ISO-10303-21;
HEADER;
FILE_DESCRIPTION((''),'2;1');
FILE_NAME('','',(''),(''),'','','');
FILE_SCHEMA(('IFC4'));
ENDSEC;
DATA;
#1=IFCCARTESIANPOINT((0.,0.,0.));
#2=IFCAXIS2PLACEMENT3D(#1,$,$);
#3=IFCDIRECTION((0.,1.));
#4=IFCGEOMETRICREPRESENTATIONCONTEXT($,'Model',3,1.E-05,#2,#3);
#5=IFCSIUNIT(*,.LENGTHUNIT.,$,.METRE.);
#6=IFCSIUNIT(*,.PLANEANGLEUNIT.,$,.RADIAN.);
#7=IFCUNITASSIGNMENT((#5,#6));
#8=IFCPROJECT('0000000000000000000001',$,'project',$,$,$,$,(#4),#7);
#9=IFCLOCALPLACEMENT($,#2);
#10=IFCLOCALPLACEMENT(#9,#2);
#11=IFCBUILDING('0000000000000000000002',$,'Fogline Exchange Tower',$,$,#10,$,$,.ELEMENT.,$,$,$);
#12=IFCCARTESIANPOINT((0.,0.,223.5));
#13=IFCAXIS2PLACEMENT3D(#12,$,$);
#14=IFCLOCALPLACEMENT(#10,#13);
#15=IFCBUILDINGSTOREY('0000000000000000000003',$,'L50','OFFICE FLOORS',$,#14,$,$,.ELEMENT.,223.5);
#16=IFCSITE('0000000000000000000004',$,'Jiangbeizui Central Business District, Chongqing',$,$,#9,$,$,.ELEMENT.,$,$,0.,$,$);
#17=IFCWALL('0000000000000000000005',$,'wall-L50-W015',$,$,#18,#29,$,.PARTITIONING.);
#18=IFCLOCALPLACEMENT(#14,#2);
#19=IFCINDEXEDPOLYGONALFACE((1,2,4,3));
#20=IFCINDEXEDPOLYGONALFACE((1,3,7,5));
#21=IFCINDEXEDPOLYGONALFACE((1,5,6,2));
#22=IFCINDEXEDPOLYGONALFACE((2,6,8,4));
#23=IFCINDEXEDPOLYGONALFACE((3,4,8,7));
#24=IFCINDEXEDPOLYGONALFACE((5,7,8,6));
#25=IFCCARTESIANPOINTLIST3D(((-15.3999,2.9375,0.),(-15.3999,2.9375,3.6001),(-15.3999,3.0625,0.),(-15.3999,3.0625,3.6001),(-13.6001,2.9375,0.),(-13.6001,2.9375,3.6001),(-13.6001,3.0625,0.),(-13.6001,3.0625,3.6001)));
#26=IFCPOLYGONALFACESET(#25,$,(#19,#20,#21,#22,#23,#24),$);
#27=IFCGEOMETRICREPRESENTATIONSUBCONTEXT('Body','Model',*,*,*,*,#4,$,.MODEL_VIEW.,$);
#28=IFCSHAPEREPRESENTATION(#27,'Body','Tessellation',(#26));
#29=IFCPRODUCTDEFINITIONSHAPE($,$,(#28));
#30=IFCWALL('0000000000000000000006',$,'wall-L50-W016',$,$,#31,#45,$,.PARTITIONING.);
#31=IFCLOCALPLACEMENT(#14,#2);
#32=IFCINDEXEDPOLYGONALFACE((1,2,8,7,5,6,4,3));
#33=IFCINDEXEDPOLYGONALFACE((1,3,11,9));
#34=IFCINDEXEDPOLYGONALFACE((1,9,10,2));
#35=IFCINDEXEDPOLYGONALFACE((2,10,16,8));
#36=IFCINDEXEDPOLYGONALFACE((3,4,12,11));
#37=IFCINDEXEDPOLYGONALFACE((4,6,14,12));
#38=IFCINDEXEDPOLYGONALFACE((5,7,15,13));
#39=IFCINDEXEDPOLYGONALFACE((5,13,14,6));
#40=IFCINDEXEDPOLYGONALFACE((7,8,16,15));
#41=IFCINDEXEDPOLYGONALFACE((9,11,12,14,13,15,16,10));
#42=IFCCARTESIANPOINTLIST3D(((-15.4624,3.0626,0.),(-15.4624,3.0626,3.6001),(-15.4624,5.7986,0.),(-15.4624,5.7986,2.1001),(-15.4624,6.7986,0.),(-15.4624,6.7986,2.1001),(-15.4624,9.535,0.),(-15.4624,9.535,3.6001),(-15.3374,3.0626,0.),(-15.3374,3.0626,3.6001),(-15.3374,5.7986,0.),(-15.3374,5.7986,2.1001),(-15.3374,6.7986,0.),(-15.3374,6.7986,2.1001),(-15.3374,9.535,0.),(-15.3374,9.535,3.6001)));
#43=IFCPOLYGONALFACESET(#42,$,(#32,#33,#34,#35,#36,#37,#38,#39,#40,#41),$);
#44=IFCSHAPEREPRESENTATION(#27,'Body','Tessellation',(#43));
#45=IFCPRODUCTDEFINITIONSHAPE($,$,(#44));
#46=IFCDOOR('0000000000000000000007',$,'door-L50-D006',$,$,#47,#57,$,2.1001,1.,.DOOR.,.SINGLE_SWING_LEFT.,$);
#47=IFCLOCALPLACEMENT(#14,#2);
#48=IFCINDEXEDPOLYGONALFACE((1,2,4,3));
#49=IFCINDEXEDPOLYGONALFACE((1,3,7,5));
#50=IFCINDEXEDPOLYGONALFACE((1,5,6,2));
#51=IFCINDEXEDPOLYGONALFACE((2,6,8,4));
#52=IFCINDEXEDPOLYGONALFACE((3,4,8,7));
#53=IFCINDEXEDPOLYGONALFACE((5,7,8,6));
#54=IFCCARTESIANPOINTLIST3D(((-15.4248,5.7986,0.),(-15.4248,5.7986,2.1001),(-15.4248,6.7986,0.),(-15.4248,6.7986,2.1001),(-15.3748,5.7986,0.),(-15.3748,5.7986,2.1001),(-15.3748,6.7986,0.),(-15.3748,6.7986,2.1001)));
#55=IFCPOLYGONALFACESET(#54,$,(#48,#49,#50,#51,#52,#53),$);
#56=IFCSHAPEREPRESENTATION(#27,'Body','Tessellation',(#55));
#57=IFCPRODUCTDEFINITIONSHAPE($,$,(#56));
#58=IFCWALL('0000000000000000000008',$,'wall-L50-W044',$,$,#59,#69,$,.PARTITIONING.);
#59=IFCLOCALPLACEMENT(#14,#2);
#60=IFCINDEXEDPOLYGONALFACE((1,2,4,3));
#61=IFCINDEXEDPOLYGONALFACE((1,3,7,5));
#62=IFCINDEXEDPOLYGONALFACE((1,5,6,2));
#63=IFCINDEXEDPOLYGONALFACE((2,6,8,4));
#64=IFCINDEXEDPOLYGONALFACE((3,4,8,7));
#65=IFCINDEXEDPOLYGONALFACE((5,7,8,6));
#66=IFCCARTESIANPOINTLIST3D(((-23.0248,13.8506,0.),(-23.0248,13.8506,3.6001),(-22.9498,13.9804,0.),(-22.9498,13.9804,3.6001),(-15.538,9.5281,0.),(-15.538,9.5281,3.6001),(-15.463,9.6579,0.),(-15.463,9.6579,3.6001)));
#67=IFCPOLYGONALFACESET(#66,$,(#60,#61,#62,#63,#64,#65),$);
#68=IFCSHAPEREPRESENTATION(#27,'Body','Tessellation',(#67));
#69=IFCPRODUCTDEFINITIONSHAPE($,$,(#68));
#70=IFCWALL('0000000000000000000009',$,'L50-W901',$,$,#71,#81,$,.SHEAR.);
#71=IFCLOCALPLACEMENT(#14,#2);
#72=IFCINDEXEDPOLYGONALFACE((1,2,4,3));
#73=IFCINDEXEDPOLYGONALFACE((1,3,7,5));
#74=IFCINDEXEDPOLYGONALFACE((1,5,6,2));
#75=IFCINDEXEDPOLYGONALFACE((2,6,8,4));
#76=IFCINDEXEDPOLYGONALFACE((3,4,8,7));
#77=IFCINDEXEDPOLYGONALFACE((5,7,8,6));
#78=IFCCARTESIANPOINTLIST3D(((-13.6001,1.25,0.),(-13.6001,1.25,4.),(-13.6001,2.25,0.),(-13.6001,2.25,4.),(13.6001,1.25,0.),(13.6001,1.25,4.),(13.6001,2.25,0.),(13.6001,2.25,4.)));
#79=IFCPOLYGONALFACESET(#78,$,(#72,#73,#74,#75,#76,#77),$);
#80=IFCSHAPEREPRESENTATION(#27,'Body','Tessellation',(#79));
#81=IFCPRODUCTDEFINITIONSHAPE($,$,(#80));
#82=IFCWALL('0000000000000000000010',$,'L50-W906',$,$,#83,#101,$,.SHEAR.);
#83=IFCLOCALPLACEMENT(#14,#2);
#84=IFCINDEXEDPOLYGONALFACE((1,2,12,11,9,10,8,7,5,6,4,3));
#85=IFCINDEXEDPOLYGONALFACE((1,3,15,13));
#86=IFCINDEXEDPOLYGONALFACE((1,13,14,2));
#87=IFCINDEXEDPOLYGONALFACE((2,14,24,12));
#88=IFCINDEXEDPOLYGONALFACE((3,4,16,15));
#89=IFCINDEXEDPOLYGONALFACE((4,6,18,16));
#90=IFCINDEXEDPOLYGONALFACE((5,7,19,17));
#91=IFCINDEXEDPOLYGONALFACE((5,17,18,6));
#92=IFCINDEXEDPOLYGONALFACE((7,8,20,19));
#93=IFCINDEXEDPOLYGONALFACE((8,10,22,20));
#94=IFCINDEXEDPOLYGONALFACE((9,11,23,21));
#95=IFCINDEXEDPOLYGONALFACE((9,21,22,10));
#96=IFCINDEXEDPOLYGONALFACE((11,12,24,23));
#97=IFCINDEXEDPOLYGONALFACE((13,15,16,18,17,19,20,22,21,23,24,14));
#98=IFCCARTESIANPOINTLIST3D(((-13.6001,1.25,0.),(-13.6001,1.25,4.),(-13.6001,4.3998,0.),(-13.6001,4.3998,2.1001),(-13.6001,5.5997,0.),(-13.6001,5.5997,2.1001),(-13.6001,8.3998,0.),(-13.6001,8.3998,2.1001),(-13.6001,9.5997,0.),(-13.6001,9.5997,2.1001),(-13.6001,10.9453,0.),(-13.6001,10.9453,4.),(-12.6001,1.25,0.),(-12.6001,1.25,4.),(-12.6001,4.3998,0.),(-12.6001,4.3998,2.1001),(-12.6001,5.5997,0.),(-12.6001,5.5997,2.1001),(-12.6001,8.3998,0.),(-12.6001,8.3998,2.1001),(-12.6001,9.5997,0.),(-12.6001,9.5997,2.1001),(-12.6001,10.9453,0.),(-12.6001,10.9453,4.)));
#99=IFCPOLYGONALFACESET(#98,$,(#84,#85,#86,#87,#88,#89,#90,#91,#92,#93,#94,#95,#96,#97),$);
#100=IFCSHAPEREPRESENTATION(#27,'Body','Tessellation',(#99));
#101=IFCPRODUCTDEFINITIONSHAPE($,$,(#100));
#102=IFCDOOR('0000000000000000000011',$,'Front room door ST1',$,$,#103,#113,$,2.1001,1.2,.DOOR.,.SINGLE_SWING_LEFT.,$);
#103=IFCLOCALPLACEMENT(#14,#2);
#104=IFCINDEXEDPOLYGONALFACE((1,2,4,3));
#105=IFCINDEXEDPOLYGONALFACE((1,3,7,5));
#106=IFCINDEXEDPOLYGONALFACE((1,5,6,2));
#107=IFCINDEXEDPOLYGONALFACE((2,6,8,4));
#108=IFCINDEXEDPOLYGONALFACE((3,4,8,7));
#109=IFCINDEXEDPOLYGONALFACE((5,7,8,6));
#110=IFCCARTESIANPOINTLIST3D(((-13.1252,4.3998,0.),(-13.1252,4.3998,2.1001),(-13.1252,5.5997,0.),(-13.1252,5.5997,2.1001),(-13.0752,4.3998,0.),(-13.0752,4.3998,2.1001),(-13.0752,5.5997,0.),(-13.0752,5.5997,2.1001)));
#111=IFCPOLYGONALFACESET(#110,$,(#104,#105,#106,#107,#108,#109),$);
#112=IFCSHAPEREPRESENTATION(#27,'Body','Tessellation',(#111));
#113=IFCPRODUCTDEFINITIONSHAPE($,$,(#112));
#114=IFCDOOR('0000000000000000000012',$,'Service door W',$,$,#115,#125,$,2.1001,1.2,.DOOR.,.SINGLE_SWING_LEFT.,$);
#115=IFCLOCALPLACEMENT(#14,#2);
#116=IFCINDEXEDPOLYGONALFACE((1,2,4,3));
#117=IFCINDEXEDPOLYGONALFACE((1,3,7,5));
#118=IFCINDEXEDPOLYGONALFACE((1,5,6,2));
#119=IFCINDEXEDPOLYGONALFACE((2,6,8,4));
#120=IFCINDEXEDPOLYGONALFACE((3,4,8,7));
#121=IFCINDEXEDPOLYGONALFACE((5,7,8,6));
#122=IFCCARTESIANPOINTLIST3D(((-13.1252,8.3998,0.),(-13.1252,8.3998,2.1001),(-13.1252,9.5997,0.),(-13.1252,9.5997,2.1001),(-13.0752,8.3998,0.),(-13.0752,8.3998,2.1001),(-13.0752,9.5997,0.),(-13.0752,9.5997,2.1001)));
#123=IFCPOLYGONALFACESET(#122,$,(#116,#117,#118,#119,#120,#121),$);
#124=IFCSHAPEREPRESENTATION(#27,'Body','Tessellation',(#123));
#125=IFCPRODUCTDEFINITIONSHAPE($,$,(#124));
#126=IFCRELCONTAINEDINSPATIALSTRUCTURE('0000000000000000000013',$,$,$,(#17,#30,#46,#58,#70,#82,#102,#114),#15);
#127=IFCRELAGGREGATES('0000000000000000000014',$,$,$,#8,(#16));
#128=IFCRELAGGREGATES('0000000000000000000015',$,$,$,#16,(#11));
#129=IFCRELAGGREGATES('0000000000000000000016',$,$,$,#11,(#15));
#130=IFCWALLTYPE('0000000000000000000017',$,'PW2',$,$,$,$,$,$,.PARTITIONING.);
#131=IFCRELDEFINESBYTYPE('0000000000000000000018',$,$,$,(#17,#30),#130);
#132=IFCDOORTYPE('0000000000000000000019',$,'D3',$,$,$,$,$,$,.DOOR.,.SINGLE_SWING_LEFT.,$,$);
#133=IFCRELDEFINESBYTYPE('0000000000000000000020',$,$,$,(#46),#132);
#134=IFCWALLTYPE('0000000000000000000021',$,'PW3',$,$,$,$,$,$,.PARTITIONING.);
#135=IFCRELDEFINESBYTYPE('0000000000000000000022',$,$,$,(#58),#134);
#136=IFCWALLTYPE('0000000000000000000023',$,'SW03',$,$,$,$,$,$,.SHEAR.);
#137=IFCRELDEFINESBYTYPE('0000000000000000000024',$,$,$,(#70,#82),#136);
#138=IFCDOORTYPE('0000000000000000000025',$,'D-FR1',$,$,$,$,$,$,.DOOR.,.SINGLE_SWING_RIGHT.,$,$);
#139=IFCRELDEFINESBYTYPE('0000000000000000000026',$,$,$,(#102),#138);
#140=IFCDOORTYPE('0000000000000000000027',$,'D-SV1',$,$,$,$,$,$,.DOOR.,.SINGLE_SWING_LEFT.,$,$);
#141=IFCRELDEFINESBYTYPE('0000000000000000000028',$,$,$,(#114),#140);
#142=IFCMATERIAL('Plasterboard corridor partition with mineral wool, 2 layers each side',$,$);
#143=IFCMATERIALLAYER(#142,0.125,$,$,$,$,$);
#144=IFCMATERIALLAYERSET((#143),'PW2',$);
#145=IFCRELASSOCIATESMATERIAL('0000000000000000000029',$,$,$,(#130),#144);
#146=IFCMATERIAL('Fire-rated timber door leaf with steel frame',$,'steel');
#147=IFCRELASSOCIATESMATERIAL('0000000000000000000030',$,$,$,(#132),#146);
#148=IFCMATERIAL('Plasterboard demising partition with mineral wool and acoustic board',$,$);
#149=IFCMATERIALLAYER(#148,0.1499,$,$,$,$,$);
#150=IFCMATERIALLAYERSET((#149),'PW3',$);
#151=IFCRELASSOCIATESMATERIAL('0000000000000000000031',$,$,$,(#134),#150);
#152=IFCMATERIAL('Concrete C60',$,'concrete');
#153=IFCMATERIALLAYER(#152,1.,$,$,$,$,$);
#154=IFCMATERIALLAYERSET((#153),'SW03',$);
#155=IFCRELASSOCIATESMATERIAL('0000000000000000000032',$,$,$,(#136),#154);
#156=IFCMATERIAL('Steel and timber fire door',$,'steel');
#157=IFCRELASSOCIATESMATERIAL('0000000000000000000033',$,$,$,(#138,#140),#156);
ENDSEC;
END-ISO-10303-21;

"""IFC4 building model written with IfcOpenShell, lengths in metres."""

from ifc_helpers import new_model, si_unit, direction, frame, frame_2d, origin, place, context, subcontext, project, spatial, rectangle, extrude, material, layer, layer_set, type_object, element, fill, save


model = new_model("IFC4")

# Units and contexts
model_context = context("Model", 3, precision=1e-05, world=origin(), true_north=direction((0.0, 1.0)))
body_context = subcontext(model_context, "Body", "Model", "MODEL_VIEW")
ifc_project = project(units=[si_unit("LENGTHUNIT", "METRE"), si_unit("PLANEANGLEUNIT", "RADIAN")], contexts=[model_context])

# Site, building, storey
site_placement = place(None, origin())
site = spatial("IfcSite", under=ifc_project, at=site_placement, Name="Jiangbeizui Central Business District, Chongqing", CompositionType="ELEMENT", RefElevation=0.0)
building_placement = place(site_placement, origin())
building = spatial("IfcBuilding", under=site, at=building_placement, Name="Fogline Exchange Tower", CompositionType="ELEMENT")
storey_placement = place(building_placement, frame((0.0, 0.0, 223.5)))
storey = spatial("IfcBuildingStorey", under=building, at=storey_placement, Name="L50", Description="OFFICE FLOORS", CompositionType="ELEMENT", Elevation=223.5)

# Shared definitions
ifc_material_1 = material(Name="Concrete C60", Category="concrete")

# Shared definitions
ifc_material_2 = material(Name="Steel and timber fire door", Category="steel")

# Shared definitions
ifc_material_3 = material(Name="Plasterboard corridor partition with mineral wool, 2 layers each side")
ifc_layer_1 = layer(ifc_material_3, 0.125)
ifc_layer_set_1 = layer_set([ifc_layer_1], Name="PW2")
wall_type_1 = type_object("IfcWallType", Name="PW2", PredefinedType="PARTITIONING", material=ifc_layer_set_1)

# Wall
wall_1_placement = place(storey_placement, frame((-13.6001, 3.0, 0.0), z_axis=(0.0, 0.0, 1.0), x_axis=(-1.0, 0.0, 0.0)))
element("IfcWall", 1, at=wall_1_placement, inside=storey, type_object=wall_type_1, Name="wall-L50-W015", PredefinedType="PARTITIONING", context=body_context, shape_type="SweptSolid", body=[
    extrude(rectangle(XDim=1.7998, YDim=0.125, at=frame_2d((0.8999, 0.0))), origin(), (0.0, 0.0, 1.0), 3.6001),
])

# Wall, opening, door
wall_2_placement = place(storey_placement, frame((-15.3999, 3.0625, 0.0), z_axis=(0.0, 0.0, 1.0), x_axis=(0.0, 1.0, 0.0)))
wall_2 = element("IfcWall", 2, at=wall_2_placement, inside=storey, type_object=wall_type_1, Name="wall-L50-W016", PredefinedType="PARTITIONING", context=body_context, shape_type="SweptSolid", body=[
    extrude(rectangle(XDim=6.4724, YDim=0.125, at=frame_2d((3.2363, 0.0))), origin(), (0.0, 0.0, 1.0), 3.6001),
])
opening_1_placement = place(wall_2_placement, frame((2.7361, 0.0, 0.0)))
opening_1 = element("IfcOpeningElement", 3, at=opening_1_placement, cuts=wall_2, PredefinedType="OPENING", context=body_context, shape_type="SweptSolid", body=[
    extrude(rectangle(XDim=1.0, YDim=2.1001, at=frame_2d((0.5, 1.05))), frame((0.0, 0.0725, 0.0), z_axis=(0.0, -1.0, 0.0), x_axis=(1.0, 0.0, 0.0)), (0.0, 0.0, 1.0), 0.145),
])
ifc_material_4 = material(Name="Fire-rated timber door leaf with steel frame", Category="steel")
door_type_1 = type_object("IfcDoorType", Name="D3", OperationType="SINGLE_SWING_LEFT", PredefinedType="DOOR", material=ifc_material_4)
door_1_placement = place(opening_1_placement, origin())
door_1 = element("IfcDoor", 4, at=door_1_placement, inside=storey, type_object=door_type_1, Name="door-L50-D006", OperationType="SINGLE_SWING_LEFT", OverallHeight=2.1001, OverallWidth=1.0, PredefinedType="DOOR", context=body_context, shape_type="SweptSolid", body=[
    extrude(rectangle(XDim=1.0, YDim=2.1001, at=frame_2d((0.5, 1.05))), frame((0.0, 0.0249, 0.0), z_axis=(0.0, -1.0, 0.0), x_axis=(1.0, 0.0, 0.0)), (0.0, 0.0, 1.0), 0.05),
])
fill(opening_1, door_1)

# Walls
ifc_material_5 = material(Name="Plasterboard demising partition with mineral wool and acoustic board")
ifc_layer_2 = layer(ifc_material_5, 0.1499)
ifc_layer_set_2 = layer_set([ifc_layer_2], Name="PW3")
wall_type_2 = type_object("IfcWallType", Name="PW3", PredefinedType="PARTITIONING", material=ifc_layer_set_2)
wall_3_placement = place(storey_placement, frame((-15.5005, 9.593, 0.0), z_axis=(0.0, 0.0, 1.0), x_axis=(-0.866026, 0.5, 0.0)))
element("IfcWall", 5, at=wall_3_placement, inside=storey, type_object=wall_type_2, Name="wall-L50-W044", PredefinedType="PARTITIONING", context=body_context, shape_type="SweptSolid", body=[
    extrude(rectangle(XDim=8.645, YDim=0.1499, at=frame_2d((4.3225, 0.0))), origin(), (0.0, 0.0, 1.0), 3.6001),
])
ifc_layer_3 = layer(ifc_material_1, 1.0)
ifc_layer_set_3 = layer_set([ifc_layer_3], Name="SW03")
wall_type_3 = type_object("IfcWallType", Name="SW03", PredefinedType="SHEAR", material=ifc_layer_set_3)
wall_4_placement = place(storey_placement, frame((-13.6001, 1.75, 0.0), z_axis=(0.0, 0.0, 1.0), x_axis=(1.0, 0.0, 0.0)))
element("IfcWall", 6, at=wall_4_placement, inside=storey, type_object=wall_type_3, Name="L50-W901", PredefinedType="SHEAR", context=body_context, shape_type="SweptSolid", body=[
    extrude(rectangle(XDim=27.2002, YDim=1.0, at=frame_2d((13.6001, 0.0))), origin(), (0.0, 0.0, 1.0), 4.0),
])

# Wall, openings, doors
wall_5_placement = place(storey_placement, frame((-13.1001, 10.9453, 0.0), z_axis=(0.0, 0.0, 1.0), x_axis=(0.0, -1.0, 0.0)))
wall_5 = element("IfcWall", 7, at=wall_5_placement, inside=storey, type_object=wall_type_3, Name="L50-W906", PredefinedType="SHEAR", context=body_context, shape_type="SweptSolid", body=[
    extrude(rectangle(XDim=9.6953, YDim=1.0, at=frame_2d((4.8477, 0.0))), origin(), (0.0, 0.0, 1.0), 4.0),
])
opening_2_placement = place(wall_5_placement, frame((5.3455, 0.0, 0.0)))
opening_2 = element("IfcOpeningElement", 8, at=opening_2_placement, cuts=wall_5, PredefinedType="OPENING", context=body_context, shape_type="SweptSolid", body=[
    extrude(rectangle(XDim=1.2, YDim=2.1001, at=frame_2d((0.6001, 1.05))), frame((0.0, 0.51, 0.0), z_axis=(0.0, -1.0, 0.0), x_axis=(1.0, 0.0, 0.0)), (0.0, 0.0, 1.0), 1.02),
])
opening_3_placement = place(wall_5_placement, frame((1.3455, 0.0, 0.0)))
opening_3 = element("IfcOpeningElement", 9, at=opening_3_placement, cuts=wall_5, PredefinedType="OPENING", context=body_context, shape_type="SweptSolid", body=[
    extrude(rectangle(XDim=1.2, YDim=2.1001, at=frame_2d((0.6001, 1.05))), frame((0.0, 0.51, 0.0), z_axis=(0.0, -1.0, 0.0), x_axis=(1.0, 0.0, 0.0)), (0.0, 0.0, 1.0), 1.02),
])
door_type_2 = type_object("IfcDoorType", Name="D-FR1", OperationType="SINGLE_SWING_RIGHT", PredefinedType="DOOR", material=ifc_material_2)
door_2_placement = place(opening_2_placement, origin())
door_2 = element("IfcDoor", 10, at=door_2_placement, inside=storey, type_object=door_type_2, Name="Front room door ST1", OperationType="SINGLE_SWING_LEFT", OverallHeight=2.1001, OverallWidth=1.2, PredefinedType="DOOR", context=body_context, shape_type="SweptSolid", body=[
    extrude(rectangle(XDim=1.2, YDim=2.1001, at=frame_2d((0.6001, 1.05))), frame((0.0, 0.0249, 0.0), z_axis=(0.0, -1.0, 0.0), x_axis=(1.0, 0.0, 0.0)), (0.0, 0.0, 1.0), 0.05),
])
fill(opening_2, door_2)
door_type_3 = type_object("IfcDoorType", Name="D-SV1", OperationType="SINGLE_SWING_LEFT", PredefinedType="DOOR", material=ifc_material_2)
door_3_placement = place(opening_3_placement, origin())
door_3 = element("IfcDoor", 11, at=door_3_placement, inside=storey, type_object=door_type_3, Name="Service door W", OperationType="SINGLE_SWING_LEFT", OverallHeight=2.1001, OverallWidth=1.2, PredefinedType="DOOR", context=body_context, shape_type="SweptSolid", body=[
    extrude(rectangle(XDim=1.2, YDim=2.1001, at=frame_2d((0.6001, 1.05))), frame((0.0, 0.0249, 0.0), z_axis=(0.0, -1.0, 0.0), x_axis=(1.0, 0.0, 0.0)), (0.0, 0.0, 1.0), 0.05),
])
fill(opening_3, door_3)

save(model, "model.ifc")
